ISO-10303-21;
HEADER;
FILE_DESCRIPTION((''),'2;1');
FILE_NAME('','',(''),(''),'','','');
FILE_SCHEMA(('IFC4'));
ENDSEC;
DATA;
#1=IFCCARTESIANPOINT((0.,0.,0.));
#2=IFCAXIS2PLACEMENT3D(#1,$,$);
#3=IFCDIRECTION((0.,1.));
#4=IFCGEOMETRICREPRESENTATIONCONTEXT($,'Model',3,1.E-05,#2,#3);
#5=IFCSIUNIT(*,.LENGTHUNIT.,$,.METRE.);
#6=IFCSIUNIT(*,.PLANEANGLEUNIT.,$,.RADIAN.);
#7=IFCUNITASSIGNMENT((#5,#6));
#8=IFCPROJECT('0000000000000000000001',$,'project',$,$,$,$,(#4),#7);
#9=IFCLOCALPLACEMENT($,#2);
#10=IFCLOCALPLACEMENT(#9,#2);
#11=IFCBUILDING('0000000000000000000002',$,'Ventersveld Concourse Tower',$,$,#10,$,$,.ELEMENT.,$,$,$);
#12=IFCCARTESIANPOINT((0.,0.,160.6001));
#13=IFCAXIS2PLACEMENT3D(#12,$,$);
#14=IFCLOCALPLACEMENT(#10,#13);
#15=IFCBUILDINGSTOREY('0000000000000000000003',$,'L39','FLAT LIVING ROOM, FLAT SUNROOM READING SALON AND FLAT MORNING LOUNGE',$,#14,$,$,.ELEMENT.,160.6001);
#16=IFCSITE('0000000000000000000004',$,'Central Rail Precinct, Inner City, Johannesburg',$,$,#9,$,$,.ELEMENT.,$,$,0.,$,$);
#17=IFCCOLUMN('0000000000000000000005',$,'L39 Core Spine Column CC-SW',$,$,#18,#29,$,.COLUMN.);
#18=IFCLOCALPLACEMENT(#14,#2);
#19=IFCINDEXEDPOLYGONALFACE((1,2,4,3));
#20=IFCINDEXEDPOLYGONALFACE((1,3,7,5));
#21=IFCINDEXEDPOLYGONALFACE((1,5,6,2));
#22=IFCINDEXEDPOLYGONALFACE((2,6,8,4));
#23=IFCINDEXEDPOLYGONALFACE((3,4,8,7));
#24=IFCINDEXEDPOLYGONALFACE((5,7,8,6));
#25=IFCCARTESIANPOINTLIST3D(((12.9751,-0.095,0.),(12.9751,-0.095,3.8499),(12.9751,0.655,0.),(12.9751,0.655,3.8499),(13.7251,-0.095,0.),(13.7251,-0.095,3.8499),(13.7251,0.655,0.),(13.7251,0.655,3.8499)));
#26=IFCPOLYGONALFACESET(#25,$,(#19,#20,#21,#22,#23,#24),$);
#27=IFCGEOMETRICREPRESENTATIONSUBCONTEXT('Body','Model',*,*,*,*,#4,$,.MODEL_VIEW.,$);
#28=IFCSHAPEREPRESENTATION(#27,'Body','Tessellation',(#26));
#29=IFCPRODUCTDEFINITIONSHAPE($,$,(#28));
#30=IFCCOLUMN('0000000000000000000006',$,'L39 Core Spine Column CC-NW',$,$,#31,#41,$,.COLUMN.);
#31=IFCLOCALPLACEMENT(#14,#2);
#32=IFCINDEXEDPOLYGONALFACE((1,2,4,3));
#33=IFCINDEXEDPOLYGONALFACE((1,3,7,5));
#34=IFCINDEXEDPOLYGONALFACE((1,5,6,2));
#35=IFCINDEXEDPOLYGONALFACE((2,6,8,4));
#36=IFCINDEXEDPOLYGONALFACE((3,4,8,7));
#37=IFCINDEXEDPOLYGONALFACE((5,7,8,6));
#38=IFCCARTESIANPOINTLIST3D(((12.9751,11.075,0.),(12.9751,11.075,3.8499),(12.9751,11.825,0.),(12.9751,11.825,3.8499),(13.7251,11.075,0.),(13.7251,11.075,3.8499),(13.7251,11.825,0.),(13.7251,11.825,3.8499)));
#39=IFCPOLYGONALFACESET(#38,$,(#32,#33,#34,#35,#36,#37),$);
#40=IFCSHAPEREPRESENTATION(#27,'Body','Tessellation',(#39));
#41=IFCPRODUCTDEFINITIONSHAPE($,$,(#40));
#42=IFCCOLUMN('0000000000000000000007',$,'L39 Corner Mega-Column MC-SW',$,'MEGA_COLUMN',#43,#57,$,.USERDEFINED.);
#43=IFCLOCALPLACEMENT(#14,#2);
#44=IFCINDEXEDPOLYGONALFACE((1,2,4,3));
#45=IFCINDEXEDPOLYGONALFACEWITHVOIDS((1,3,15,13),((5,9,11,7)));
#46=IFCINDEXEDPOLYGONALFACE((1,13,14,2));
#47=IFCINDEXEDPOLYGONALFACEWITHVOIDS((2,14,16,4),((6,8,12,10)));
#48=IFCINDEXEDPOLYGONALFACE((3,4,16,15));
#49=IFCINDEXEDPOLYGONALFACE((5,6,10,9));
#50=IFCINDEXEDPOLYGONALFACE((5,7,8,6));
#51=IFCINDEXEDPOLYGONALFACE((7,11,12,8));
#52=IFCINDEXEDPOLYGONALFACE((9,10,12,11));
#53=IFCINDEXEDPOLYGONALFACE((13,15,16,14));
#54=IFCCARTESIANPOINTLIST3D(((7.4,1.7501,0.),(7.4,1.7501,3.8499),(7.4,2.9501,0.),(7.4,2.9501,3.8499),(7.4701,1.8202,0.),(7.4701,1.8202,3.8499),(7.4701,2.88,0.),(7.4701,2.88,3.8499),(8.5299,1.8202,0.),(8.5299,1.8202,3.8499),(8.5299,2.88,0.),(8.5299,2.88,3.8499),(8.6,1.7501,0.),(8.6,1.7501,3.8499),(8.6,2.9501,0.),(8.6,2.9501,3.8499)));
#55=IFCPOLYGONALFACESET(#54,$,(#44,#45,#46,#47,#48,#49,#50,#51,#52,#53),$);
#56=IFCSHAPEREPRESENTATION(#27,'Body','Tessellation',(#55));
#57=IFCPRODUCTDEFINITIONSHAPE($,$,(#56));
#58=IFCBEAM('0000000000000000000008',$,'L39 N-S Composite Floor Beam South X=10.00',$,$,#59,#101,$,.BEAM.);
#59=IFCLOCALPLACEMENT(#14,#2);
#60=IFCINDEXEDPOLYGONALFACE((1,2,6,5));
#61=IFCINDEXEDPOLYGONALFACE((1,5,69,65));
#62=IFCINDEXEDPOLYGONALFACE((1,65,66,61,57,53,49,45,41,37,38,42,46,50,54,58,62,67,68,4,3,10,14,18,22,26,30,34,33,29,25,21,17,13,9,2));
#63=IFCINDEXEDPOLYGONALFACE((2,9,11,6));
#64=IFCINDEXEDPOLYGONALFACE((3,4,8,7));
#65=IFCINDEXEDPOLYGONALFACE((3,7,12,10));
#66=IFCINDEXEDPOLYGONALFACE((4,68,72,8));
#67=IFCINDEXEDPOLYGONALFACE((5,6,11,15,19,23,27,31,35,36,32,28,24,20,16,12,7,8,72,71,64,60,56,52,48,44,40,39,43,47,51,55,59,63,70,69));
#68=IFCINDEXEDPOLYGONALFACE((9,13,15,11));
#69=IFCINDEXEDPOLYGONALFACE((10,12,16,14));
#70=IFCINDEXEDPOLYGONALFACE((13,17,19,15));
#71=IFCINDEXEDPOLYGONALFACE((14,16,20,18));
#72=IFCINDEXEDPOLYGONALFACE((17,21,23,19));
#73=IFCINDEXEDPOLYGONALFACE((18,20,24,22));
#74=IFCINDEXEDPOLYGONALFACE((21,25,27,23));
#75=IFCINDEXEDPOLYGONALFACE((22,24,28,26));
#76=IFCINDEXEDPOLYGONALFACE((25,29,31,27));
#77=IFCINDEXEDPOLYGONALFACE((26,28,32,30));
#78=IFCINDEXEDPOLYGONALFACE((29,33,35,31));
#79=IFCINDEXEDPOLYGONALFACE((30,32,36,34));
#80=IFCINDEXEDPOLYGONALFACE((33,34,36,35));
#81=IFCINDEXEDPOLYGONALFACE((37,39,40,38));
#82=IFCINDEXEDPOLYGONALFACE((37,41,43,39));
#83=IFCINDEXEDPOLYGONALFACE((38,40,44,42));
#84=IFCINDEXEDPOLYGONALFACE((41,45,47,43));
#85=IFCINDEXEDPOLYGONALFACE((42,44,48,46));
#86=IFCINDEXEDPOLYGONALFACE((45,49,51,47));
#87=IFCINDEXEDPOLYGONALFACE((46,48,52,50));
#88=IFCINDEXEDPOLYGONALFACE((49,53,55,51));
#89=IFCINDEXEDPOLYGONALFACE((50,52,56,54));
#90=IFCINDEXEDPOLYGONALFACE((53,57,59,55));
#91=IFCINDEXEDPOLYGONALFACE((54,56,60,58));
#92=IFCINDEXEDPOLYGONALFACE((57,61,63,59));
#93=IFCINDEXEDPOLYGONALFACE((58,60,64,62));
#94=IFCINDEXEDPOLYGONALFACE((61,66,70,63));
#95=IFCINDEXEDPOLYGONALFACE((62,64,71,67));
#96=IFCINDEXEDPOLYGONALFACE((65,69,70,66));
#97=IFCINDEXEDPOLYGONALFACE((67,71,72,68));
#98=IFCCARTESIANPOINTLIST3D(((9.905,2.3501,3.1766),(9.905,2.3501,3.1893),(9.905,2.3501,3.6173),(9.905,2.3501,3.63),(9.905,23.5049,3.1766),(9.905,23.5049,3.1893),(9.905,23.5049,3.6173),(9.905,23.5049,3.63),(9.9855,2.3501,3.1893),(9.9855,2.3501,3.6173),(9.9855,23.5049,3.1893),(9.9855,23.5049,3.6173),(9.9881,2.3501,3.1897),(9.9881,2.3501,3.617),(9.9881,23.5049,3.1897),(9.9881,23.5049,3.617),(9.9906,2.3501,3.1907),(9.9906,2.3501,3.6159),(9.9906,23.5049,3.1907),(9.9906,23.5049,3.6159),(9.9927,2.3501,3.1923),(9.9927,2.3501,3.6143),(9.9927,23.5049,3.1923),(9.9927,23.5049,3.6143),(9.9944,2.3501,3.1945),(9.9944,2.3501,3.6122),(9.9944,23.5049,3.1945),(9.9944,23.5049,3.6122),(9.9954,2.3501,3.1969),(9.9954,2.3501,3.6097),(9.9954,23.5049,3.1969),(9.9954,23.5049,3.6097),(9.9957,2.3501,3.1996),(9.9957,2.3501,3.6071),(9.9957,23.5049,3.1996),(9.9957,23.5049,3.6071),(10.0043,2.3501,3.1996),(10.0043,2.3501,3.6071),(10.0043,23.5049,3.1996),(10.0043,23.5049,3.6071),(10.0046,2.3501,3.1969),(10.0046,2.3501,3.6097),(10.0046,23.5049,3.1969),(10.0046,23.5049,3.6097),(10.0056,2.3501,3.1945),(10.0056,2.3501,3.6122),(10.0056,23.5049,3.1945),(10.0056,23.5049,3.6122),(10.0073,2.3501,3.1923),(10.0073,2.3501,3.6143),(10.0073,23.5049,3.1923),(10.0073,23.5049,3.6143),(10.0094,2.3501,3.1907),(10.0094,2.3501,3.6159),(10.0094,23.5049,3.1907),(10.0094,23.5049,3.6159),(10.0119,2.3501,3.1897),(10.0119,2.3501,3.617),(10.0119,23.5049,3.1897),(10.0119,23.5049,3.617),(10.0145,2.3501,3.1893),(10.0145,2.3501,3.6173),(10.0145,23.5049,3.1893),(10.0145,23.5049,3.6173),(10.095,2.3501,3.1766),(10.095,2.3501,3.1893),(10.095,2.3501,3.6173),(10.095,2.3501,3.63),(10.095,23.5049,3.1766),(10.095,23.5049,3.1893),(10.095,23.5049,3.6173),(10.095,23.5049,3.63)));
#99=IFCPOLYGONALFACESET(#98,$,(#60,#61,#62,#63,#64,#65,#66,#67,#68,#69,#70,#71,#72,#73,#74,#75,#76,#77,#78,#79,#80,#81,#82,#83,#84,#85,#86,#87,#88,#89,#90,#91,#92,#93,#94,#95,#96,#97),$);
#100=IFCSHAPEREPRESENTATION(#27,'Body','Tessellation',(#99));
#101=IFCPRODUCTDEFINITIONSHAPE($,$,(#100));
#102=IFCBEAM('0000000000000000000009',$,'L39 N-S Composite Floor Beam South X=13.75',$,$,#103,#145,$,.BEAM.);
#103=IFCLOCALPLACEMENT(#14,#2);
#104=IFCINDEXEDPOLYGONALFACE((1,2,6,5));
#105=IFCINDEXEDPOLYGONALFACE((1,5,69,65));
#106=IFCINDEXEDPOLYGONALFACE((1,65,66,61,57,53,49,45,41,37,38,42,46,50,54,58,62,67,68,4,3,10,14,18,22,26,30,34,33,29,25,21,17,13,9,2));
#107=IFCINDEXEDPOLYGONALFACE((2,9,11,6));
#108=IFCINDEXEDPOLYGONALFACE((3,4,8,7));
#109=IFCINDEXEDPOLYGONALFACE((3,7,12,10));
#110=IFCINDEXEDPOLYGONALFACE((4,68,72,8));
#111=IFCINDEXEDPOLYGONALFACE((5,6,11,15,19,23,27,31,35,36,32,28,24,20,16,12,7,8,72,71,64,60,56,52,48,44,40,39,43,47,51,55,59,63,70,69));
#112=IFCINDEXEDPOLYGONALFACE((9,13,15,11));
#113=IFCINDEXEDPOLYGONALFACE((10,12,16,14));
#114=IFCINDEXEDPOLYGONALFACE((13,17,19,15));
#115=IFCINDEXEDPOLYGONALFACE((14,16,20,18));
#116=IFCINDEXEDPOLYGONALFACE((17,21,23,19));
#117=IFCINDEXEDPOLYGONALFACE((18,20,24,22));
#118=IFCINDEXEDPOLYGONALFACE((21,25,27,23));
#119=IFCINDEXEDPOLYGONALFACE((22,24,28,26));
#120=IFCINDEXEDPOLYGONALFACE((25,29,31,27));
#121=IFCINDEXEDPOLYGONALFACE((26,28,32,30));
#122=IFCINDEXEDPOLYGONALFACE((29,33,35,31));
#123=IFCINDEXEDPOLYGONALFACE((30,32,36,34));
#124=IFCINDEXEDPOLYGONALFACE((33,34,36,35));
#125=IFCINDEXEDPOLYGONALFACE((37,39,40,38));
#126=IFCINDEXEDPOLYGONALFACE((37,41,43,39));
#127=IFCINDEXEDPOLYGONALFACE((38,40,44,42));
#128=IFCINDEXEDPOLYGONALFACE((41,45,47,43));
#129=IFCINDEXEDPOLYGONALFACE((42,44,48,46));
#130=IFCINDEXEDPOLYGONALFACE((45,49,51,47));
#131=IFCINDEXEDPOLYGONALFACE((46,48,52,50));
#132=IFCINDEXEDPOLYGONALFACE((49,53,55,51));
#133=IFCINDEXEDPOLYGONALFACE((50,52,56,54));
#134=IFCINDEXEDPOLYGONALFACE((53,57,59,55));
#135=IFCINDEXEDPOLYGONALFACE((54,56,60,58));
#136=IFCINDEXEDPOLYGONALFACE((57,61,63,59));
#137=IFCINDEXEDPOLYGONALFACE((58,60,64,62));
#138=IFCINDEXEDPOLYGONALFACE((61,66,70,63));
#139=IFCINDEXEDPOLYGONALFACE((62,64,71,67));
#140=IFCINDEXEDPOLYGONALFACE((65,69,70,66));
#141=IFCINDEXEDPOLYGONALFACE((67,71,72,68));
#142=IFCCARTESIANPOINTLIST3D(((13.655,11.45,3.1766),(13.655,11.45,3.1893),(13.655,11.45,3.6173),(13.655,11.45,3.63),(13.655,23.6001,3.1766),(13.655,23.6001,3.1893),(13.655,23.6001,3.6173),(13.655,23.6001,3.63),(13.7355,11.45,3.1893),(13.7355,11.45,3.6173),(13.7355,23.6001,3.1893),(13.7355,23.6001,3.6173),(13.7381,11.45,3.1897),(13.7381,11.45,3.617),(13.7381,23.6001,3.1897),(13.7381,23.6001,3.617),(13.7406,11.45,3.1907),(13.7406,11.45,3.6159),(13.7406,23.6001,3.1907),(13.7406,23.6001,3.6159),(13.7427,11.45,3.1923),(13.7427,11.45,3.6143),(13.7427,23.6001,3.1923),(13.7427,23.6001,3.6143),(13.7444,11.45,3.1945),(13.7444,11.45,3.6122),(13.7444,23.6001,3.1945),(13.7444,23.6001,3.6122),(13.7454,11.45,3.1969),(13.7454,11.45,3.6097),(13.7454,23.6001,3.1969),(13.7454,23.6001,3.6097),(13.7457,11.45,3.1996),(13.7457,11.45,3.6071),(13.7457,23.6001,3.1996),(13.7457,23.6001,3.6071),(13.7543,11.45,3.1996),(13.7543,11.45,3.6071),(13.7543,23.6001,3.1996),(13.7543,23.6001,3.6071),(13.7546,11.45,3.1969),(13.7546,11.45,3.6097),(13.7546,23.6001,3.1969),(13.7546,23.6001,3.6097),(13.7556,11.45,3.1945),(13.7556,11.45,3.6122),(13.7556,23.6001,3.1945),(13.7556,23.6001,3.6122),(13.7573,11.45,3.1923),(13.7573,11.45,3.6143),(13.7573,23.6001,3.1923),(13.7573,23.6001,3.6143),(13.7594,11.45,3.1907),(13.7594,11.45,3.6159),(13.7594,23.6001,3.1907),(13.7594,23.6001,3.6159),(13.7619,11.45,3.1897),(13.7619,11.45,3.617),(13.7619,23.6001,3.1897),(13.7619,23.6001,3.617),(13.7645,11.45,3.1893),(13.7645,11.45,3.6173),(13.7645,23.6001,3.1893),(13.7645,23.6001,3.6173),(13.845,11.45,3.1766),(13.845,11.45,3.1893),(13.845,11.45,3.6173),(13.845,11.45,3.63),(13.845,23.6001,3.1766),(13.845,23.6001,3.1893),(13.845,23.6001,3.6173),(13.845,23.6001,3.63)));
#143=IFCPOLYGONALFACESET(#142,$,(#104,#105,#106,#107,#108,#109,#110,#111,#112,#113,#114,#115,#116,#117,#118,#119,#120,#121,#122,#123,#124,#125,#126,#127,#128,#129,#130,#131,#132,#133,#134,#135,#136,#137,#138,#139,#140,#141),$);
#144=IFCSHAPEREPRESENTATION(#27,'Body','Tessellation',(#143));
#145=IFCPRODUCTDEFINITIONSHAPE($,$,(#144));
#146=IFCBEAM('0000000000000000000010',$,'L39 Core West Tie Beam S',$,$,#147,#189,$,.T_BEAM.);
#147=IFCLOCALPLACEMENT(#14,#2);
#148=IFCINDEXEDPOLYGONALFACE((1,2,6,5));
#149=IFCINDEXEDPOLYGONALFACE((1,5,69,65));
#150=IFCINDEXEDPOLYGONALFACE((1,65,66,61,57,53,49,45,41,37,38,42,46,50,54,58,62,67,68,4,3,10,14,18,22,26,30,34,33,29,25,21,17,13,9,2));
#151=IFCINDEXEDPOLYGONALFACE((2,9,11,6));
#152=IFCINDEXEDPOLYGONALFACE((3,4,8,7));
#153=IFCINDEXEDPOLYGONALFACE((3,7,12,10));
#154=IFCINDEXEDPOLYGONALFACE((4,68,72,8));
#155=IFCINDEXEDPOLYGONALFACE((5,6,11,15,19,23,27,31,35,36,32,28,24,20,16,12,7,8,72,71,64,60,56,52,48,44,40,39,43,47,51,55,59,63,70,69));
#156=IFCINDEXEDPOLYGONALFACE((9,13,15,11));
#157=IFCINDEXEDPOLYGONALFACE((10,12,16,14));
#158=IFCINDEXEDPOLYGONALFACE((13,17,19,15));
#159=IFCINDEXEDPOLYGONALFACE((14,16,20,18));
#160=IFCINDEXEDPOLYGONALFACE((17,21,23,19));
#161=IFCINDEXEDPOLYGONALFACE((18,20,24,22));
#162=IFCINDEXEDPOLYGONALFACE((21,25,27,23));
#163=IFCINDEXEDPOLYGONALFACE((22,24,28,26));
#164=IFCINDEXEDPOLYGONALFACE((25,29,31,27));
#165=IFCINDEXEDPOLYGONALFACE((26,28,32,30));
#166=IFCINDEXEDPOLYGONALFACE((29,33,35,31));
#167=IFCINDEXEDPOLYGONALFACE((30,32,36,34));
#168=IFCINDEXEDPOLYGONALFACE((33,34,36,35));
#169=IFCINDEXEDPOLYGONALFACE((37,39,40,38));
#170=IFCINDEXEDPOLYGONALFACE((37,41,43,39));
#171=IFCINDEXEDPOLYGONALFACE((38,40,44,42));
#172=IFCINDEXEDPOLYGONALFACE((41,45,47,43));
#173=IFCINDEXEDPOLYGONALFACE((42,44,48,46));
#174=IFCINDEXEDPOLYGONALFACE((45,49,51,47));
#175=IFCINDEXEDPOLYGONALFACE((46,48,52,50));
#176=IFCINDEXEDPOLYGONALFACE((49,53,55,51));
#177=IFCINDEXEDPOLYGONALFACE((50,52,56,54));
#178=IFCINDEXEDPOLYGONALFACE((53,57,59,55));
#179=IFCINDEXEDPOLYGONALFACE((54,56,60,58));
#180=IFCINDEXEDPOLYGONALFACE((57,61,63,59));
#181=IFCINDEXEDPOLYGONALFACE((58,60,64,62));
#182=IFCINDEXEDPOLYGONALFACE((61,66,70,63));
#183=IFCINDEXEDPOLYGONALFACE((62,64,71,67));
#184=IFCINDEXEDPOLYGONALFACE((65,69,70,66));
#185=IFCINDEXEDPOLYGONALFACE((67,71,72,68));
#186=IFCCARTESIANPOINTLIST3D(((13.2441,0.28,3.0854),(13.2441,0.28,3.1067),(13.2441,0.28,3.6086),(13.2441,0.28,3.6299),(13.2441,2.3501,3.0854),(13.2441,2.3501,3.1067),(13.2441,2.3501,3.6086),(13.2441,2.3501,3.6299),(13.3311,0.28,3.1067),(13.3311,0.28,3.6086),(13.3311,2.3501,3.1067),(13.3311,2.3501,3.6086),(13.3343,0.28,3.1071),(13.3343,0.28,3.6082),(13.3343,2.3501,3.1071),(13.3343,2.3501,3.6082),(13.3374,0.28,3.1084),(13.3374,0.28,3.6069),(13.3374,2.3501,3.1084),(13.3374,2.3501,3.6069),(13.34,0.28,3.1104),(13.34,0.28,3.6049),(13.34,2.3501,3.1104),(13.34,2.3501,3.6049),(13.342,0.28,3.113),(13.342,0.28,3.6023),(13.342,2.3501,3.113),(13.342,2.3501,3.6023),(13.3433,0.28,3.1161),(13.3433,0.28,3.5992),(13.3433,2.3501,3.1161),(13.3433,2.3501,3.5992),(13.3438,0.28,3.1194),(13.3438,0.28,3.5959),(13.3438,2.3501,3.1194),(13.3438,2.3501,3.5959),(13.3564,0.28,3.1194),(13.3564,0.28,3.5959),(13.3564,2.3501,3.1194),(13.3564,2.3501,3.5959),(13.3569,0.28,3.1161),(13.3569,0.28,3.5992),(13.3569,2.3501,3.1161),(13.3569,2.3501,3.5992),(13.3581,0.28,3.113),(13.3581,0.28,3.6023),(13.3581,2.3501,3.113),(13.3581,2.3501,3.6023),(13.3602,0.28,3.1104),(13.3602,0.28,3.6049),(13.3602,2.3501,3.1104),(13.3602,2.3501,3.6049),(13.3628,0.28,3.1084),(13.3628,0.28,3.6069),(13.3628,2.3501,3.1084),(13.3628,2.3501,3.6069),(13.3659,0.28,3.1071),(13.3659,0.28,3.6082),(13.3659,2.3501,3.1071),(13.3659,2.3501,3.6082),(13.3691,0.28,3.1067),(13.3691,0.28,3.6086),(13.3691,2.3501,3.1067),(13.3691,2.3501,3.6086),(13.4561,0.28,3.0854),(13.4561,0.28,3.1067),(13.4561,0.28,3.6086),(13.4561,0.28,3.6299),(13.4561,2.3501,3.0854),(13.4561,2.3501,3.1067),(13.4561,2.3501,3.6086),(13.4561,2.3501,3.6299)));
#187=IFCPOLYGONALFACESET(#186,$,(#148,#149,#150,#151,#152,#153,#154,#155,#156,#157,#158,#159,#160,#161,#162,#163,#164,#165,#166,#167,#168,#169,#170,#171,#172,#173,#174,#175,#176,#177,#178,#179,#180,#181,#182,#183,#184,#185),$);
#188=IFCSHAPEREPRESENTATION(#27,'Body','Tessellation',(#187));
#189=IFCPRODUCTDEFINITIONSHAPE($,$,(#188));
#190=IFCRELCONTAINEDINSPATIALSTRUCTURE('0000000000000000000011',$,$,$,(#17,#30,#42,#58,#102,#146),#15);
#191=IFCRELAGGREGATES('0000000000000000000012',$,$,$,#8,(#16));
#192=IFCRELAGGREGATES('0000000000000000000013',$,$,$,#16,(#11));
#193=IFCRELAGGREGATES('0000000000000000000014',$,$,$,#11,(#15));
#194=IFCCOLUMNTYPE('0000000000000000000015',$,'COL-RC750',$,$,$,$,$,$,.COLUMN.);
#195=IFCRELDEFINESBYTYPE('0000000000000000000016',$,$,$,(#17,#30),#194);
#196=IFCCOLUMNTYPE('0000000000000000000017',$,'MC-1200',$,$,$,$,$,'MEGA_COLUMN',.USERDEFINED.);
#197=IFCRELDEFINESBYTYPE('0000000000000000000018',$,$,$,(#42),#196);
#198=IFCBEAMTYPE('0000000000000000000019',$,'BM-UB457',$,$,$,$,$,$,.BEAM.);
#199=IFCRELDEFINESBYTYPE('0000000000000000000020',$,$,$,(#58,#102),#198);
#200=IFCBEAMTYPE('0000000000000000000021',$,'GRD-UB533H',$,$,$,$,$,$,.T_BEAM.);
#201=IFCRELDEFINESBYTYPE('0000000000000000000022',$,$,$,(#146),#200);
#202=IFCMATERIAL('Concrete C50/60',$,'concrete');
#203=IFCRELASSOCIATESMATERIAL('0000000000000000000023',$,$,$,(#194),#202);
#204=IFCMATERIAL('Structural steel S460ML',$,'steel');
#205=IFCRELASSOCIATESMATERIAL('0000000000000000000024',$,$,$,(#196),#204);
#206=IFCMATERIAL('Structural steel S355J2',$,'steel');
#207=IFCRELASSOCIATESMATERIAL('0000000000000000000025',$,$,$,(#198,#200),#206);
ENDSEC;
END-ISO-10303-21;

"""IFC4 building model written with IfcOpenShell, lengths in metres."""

from ifc_helpers import new_model, si_unit, direction, frame, origin, origin_2d, place, context, subcontext, project, spatial, rectangle, hollow_rectangle, i_section, extrude, material, material_profile, profile_set, type_object, element, save


model = new_model("IFC4")

# Units and contexts
model_context = context("Model", 3, precision=1e-05, world=origin(), true_north=direction((0.0, 1.0)))
body_context = subcontext(model_context, "Body", "Model", "MODEL_VIEW")
ifc_project = project(units=[si_unit("LENGTHUNIT", "METRE"), si_unit("PLANEANGLEUNIT", "RADIAN")], contexts=[model_context])

# Site, building, storey
site_placement = place(None, origin())
site = spatial("IfcSite", under=ifc_project, at=site_placement, Name="Central Rail Precinct, Inner City, Johannesburg", CompositionType="ELEMENT", RefElevation=0.0)
building_placement = place(site_placement, origin())
building = spatial("IfcBuilding", under=site, at=building_placement, Name="Ventersveld Concourse Tower", CompositionType="ELEMENT")
storey_placement = place(building_placement, frame((0.0, 0.0, 160.6001)))
storey = spatial("IfcBuildingStorey", under=building, at=storey_placement, Name="L39", Description="FLAT LIVING ROOM, FLAT SUNROOM READING SALON AND FLAT MORNING LOUNGE", CompositionType="ELEMENT", Elevation=160.6001)

# Columns
ifc_material_1 = material(Name="Concrete C50/60", Category="concrete")
ifc_material_profile_1 = material_profile(ifc_material_1, rectangle(XDim=0.75, YDim=0.75, at=origin_2d()), Name="RC 750x750")
ifc_profile_set_1 = profile_set([ifc_material_profile_1], Name="Concrete C50/60")
column_type_1 = type_object("IfcColumnType", Name="COL-RC750", PredefinedType="COLUMN", material=ifc_profile_set_1)
for number, where, z_axis, x_axis, name in (
    (1, (13.3501, 0.28, 0.0), (0.0, 0.0, 1.0), (1.0, 0.0, 0.0), "L39 Core Spine Column CC-SW"),
    (2, (13.3501, 11.45, 0.0), (0.0, 0.0, 1.0), (1.0, 0.0, 0.0), "L39 Core Spine Column CC-NW"),
):
    element("IfcColumn", number, at=place(storey_placement, frame(where, z_axis=z_axis, x_axis=x_axis)), inside=storey, type_object=column_type_1, Name=name, PredefinedType="COLUMN", context=body_context, shape_type="SweptSolid", body=[
        extrude(rectangle(XDim=0.75, YDim=0.75, at=origin_2d()), origin(), (0.0, 0.0, 1.0), 3.8499),
    ])
ifc_material_2 = material(Name="Structural steel S460ML", Category="steel")
ifc_material_profile_2 = material_profile(ifc_material_2, hollow_rectangle(XDim=1.2, YDim=1.2, WallThickness=0.0701, at=origin_2d()), Name="BOX 1200x1200x70")
ifc_profile_set_2 = profile_set([ifc_material_profile_2], Name="Structural steel S460ML")
column_type_2 = type_object("IfcColumnType", Name="MC-1200", ElementType="MEGA_COLUMN", PredefinedType="USERDEFINED", material=ifc_profile_set_2)
column_placement = place(storey_placement, frame((8.0, 2.3501, 0.0), z_axis=(0.0, 0.0, 1.0), x_axis=(1.0, 0.0, 0.0)))
element("IfcColumn", 3, at=column_placement, inside=storey, type_object=column_type_2, Name="L39 Corner Mega-Column MC-SW", ObjectType="MEGA_COLUMN", PredefinedType="USERDEFINED", context=body_context, shape_type="SweptSolid", body=[
    extrude(hollow_rectangle(XDim=1.2, YDim=1.2, WallThickness=0.0701, at=origin_2d()), origin(), (0.0, 0.0, 1.0), 3.8499),
])

# Beams
ifc_material_3 = material(Name="Structural steel S355J2", Category="steel")
ifc_material_profile_3 = material_profile(ifc_material_3, i_section(OverallWidth=0.1899, OverallDepth=0.4534, WebThickness=0.0085, FlangeThickness=0.0127, FilletRadius=0.0103, at=origin_2d()), Name="UB 457x191x67")
ifc_profile_set_3 = profile_set([ifc_material_profile_3], Name="Structural steel S355J2")
beam_type_1 = type_object("IfcBeamType", Name="BM-UB457", PredefinedType="BEAM", material=ifc_profile_set_3)
beam_1_placement = place(storey_placement, frame((10.0, 2.3501, 3.4033), z_axis=(0.0, 1.0, 0.0), x_axis=(-1.0, 0.0, 0.0)))
element("IfcBeam", 4, at=beam_1_placement, inside=storey, type_object=beam_type_1, Name="L39 N-S Composite Floor Beam South X=10.00", PredefinedType="BEAM", context=body_context, shape_type="SweptSolid", body=[
    extrude(i_section(OverallWidth=0.1899, OverallDepth=0.4534, WebThickness=0.0085, FlangeThickness=0.0127, FilletRadius=0.0103, at=origin_2d()), origin(), (0.0, 0.0, 1.0), 21.1548),
])
beam_2_placement = place(storey_placement, frame((13.75, 11.45, 3.4033), z_axis=(0.0, 1.0, 0.0), x_axis=(-1.0, 0.0, 0.0)))
element("IfcBeam", 5, at=beam_2_placement, inside=storey, type_object=beam_type_1, Name="L39 N-S Composite Floor Beam South X=13.75", PredefinedType="BEAM", context=body_context, shape_type="SweptSolid", body=[
    extrude(i_section(OverallWidth=0.1899, OverallDepth=0.4534, WebThickness=0.0085, FlangeThickness=0.0127, FilletRadius=0.0103, at=origin_2d()), origin(), (0.0, 0.0, 1.0), 12.1501),
])
ifc_material_profile_4 = material_profile(ifc_material_3, i_section(OverallWidth=0.2119, OverallDepth=0.5444, WebThickness=0.0127, FlangeThickness=0.0212, FilletRadius=0.0127, at=origin_2d()), Name="UB 533x210x122")
ifc_profile_set_4 = profile_set([ifc_material_profile_4], Name="Structural steel S355J2")
beam_type_2 = type_object("IfcBeamType", Name="GRD-UB533H", PredefinedType="T_BEAM", material=ifc_profile_set_4)
beam_3_placement = place(storey_placement, frame((13.3501, 0.28, 3.3577), z_axis=(0.0, 1.0, 0.0), x_axis=(-1.0, 0.0, 0.0)))
element("IfcBeam", 6, at=beam_3_placement, inside=storey, type_object=beam_type_2, Name="L39 Core West Tie Beam S", PredefinedType="T_BEAM", context=body_context, shape_type="SweptSolid", body=[
    extrude(i_section(OverallWidth=0.2119, OverallDepth=0.5444, WebThickness=0.0127, FlangeThickness=0.0212, FilletRadius=0.0127, at=origin_2d()), origin(), (0.0, 0.0, 1.0), 2.0701),
])

save(model, "model.ifc")
